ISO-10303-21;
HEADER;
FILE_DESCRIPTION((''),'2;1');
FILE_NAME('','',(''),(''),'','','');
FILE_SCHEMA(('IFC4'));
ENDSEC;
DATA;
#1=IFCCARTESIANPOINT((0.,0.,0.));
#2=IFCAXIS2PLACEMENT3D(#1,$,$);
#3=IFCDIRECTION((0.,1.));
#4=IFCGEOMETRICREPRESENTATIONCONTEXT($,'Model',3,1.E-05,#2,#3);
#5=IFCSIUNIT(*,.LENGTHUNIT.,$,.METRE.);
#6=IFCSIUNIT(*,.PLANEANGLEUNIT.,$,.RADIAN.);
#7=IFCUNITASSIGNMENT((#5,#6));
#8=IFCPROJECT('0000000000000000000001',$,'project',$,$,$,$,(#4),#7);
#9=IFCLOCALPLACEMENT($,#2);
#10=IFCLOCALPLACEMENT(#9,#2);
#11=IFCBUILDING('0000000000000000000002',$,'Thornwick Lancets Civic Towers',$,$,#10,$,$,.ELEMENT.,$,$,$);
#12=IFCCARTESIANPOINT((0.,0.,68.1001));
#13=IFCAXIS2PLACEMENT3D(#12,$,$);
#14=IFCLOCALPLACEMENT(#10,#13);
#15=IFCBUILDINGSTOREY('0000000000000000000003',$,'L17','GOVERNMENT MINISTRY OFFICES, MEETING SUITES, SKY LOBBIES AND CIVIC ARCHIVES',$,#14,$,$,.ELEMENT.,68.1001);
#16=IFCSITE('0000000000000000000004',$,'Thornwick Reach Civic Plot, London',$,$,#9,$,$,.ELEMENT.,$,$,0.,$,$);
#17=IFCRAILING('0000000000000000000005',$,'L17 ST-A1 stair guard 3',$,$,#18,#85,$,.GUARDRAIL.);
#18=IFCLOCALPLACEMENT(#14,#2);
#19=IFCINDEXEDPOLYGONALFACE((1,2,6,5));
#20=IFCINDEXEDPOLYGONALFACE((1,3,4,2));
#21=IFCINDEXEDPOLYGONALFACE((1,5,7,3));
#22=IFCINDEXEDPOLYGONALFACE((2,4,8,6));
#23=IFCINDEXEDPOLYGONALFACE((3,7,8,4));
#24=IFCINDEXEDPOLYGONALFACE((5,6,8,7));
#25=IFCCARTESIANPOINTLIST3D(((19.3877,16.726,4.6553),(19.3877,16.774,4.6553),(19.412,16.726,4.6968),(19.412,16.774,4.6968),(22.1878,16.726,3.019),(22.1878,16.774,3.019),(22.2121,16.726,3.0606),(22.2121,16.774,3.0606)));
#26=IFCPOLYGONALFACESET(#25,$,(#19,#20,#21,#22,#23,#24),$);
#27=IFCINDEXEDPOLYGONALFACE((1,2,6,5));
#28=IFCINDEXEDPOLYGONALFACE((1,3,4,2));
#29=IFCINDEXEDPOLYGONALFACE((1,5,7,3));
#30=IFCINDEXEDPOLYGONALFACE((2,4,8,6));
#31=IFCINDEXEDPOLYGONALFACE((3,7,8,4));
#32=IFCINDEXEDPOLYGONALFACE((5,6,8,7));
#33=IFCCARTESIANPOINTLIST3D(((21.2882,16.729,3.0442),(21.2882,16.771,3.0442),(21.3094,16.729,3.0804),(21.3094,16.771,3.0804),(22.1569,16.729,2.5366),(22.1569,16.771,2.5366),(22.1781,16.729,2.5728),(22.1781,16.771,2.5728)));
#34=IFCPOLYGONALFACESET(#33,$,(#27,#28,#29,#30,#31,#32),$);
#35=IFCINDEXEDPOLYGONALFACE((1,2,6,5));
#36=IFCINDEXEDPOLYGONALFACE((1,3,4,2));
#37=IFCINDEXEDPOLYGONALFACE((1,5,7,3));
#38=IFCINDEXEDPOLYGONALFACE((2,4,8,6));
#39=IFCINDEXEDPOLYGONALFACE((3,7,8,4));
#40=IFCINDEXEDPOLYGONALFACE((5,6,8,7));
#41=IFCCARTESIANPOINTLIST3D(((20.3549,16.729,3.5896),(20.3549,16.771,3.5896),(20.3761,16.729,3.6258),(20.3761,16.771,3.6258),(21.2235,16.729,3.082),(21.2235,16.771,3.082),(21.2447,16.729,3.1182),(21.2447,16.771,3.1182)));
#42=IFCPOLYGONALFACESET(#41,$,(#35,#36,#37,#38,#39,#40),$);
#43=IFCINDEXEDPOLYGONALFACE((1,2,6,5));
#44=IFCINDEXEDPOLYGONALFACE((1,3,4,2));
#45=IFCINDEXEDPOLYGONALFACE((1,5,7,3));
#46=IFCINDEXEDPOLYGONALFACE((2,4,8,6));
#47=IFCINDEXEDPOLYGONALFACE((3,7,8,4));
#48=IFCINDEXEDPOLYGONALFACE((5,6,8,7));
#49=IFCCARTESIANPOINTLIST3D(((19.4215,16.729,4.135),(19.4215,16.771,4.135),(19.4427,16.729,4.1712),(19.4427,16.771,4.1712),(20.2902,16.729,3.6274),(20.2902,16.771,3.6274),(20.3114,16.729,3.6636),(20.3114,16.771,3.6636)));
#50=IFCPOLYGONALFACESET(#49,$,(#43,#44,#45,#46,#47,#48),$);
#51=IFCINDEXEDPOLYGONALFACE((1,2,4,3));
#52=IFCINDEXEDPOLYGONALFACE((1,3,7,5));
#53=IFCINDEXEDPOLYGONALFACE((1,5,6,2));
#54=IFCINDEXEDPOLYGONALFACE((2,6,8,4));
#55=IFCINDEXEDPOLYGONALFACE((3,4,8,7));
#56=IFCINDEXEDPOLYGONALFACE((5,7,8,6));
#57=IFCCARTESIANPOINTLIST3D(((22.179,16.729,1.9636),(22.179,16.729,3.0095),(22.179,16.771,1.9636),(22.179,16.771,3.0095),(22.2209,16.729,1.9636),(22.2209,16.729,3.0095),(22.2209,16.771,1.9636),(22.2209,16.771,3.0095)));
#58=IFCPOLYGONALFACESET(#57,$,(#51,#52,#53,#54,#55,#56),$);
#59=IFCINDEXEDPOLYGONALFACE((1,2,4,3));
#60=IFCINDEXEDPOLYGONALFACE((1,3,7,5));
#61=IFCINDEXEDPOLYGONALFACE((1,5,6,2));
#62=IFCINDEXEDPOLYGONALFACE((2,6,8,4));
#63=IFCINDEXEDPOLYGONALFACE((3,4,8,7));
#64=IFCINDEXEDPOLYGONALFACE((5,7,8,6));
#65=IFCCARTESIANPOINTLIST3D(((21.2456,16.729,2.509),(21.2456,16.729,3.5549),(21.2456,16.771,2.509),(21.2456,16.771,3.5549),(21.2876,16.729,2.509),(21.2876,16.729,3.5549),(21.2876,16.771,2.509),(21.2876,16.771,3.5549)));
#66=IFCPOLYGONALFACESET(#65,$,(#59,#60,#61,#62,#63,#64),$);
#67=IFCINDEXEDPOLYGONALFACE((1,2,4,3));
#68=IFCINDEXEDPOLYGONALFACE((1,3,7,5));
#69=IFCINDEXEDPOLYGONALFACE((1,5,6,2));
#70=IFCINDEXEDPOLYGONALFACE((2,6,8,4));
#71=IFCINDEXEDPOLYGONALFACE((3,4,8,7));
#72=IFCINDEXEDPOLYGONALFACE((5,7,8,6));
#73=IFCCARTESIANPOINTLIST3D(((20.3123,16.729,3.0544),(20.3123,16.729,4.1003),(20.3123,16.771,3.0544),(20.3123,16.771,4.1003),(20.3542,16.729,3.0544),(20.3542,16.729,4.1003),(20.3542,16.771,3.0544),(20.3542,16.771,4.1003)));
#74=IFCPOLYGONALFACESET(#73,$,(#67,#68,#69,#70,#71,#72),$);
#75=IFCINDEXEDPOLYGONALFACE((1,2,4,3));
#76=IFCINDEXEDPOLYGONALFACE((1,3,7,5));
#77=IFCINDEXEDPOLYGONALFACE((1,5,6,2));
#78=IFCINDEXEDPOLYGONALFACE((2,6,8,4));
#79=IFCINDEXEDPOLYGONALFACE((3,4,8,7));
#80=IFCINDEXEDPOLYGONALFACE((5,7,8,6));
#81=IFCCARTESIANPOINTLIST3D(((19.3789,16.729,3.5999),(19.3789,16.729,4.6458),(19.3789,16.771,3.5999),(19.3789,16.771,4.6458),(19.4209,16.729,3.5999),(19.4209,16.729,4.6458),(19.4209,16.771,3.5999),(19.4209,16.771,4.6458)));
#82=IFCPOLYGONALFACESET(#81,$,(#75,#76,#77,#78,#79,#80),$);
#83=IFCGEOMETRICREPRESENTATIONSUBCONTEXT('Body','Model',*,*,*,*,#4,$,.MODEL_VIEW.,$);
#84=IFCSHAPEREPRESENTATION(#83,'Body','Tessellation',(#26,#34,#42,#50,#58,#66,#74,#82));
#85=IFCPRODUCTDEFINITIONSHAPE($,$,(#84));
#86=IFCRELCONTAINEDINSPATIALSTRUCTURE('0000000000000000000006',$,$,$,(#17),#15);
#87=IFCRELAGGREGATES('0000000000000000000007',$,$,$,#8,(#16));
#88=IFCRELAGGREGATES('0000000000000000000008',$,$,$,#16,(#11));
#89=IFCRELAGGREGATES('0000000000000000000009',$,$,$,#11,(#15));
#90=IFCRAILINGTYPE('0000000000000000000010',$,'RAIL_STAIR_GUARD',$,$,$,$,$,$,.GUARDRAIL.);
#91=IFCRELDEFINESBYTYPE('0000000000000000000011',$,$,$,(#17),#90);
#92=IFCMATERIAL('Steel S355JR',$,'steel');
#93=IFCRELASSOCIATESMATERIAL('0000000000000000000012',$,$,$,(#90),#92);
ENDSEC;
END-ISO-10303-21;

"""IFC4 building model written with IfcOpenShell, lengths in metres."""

from ifc_helpers import new_model, si_unit, direction, frame, origin, origin_2d, place, context, subcontext, project, spatial, rectangle, extrude, material, type_object, element, save


model = new_model("IFC4")

# Units and contexts
model_context = context("Model", 3, precision=1e-05, world=origin(), true_north=direction((0.0, 1.0)))
body_context = subcontext(model_context, "Body", "Model", "MODEL_VIEW")
ifc_project = project(units=[si_unit("LENGTHUNIT", "METRE"), si_unit("PLANEANGLEUNIT", "RADIAN")], contexts=[model_context])

# Site, building, storey
site_placement = place(None, origin())
site = spatial("IfcSite", under=ifc_project, at=site_placement, Name="Thornwick Reach Civic Plot, London", CompositionType="ELEMENT", RefElevation=0.0)
building_placement = place(site_placement, origin())
building = spatial("IfcBuilding", under=site, at=building_placement, Name="Thornwick Lancets Civic Towers", CompositionType="ELEMENT")
storey_placement = place(building_placement, frame((0.0, 0.0, 68.1001)))
storey = spatial("IfcBuildingStorey", under=building, at=storey_placement, Name="L17", Description="GOVERNMENT MINISTRY OFFICES, MEETING SUITES, SKY LOBBIES AND CIVIC ARCHIVES", CompositionType="ELEMENT", Elevation=68.1001)

# Railing
ifc_material_1 = material(Name="Steel S355JR", Category="steel")
railing_type_1 = type_object("IfcRailingType", Name="RAIL_STAIR_GUARD", PredefinedType="GUARDRAIL", material=ifc_material_1)
railing_1_placement = place(storey_placement, frame((22.2, 16.75, 1.9636)))
element("IfcRailing", 1, at=railing_1_placement, inside=storey, type_object=railing_type_1, Name="L17 ST-A1 stair guard 3", PredefinedType="GUARDRAIL", context=body_context, shape_type="SweptSolid", body=[
    extrude(rectangle(XDim=0.0481, YDim=0.0481, at=origin_2d()), frame((0.0, 0.0, 1.0762), z_axis=(-0.863394, 0.0, 0.504531), x_axis=(0.0, -1.0, 0.0)), (0.0, 0.0, 1.0), 3.2432),
    extrude(rectangle(XDim=0.042, YDim=0.042, at=origin_2d()), frame((-0.0325, 0.0, 0.5911), z_axis=(-0.863394, 0.0, 0.504531), x_axis=(0.0, -1.0, 0.0)), (0.0, 0.0, 1.0), 1.0061),
    extrude(rectangle(XDim=0.042, YDim=0.042, at=origin_2d()), frame((-0.9658, 0.0, 1.1365), z_axis=(-0.863394, 0.0, 0.504531), x_axis=(0.0, -1.0, 0.0)), (0.0, 0.0, 1.0), 1.0061),
    extrude(rectangle(XDim=0.042, YDim=0.042, at=origin_2d()), frame((-1.8992, 0.0, 1.6819), z_axis=(-0.863394, 0.0, 0.504531), x_axis=(0.0, -1.0, 0.0)), (0.0, 0.0, 1.0), 1.0061),
    extrude(rectangle(XDim=0.042, YDim=0.042, at=origin_2d()), origin(), (0.0, 0.0, 1.0), 1.0459),
    extrude(rectangle(XDim=0.042, YDim=0.042, at=origin_2d()), frame((-0.9333, 0.0, 0.5454)), (0.0, 0.0, 1.0), 1.0459),
    extrude(rectangle(XDim=0.042, YDim=0.042, at=origin_2d()), frame((-1.8667, 0.0, 1.0908)), (0.0, 0.0, 1.0), 1.0459),
    extrude(rectangle(XDim=0.042, YDim=0.042, at=origin_2d()), frame((-2.8, 0.0, 1.6362)), (0.0, 0.0, 1.0), 1.0459),
])

save(model, "model.ifc")
